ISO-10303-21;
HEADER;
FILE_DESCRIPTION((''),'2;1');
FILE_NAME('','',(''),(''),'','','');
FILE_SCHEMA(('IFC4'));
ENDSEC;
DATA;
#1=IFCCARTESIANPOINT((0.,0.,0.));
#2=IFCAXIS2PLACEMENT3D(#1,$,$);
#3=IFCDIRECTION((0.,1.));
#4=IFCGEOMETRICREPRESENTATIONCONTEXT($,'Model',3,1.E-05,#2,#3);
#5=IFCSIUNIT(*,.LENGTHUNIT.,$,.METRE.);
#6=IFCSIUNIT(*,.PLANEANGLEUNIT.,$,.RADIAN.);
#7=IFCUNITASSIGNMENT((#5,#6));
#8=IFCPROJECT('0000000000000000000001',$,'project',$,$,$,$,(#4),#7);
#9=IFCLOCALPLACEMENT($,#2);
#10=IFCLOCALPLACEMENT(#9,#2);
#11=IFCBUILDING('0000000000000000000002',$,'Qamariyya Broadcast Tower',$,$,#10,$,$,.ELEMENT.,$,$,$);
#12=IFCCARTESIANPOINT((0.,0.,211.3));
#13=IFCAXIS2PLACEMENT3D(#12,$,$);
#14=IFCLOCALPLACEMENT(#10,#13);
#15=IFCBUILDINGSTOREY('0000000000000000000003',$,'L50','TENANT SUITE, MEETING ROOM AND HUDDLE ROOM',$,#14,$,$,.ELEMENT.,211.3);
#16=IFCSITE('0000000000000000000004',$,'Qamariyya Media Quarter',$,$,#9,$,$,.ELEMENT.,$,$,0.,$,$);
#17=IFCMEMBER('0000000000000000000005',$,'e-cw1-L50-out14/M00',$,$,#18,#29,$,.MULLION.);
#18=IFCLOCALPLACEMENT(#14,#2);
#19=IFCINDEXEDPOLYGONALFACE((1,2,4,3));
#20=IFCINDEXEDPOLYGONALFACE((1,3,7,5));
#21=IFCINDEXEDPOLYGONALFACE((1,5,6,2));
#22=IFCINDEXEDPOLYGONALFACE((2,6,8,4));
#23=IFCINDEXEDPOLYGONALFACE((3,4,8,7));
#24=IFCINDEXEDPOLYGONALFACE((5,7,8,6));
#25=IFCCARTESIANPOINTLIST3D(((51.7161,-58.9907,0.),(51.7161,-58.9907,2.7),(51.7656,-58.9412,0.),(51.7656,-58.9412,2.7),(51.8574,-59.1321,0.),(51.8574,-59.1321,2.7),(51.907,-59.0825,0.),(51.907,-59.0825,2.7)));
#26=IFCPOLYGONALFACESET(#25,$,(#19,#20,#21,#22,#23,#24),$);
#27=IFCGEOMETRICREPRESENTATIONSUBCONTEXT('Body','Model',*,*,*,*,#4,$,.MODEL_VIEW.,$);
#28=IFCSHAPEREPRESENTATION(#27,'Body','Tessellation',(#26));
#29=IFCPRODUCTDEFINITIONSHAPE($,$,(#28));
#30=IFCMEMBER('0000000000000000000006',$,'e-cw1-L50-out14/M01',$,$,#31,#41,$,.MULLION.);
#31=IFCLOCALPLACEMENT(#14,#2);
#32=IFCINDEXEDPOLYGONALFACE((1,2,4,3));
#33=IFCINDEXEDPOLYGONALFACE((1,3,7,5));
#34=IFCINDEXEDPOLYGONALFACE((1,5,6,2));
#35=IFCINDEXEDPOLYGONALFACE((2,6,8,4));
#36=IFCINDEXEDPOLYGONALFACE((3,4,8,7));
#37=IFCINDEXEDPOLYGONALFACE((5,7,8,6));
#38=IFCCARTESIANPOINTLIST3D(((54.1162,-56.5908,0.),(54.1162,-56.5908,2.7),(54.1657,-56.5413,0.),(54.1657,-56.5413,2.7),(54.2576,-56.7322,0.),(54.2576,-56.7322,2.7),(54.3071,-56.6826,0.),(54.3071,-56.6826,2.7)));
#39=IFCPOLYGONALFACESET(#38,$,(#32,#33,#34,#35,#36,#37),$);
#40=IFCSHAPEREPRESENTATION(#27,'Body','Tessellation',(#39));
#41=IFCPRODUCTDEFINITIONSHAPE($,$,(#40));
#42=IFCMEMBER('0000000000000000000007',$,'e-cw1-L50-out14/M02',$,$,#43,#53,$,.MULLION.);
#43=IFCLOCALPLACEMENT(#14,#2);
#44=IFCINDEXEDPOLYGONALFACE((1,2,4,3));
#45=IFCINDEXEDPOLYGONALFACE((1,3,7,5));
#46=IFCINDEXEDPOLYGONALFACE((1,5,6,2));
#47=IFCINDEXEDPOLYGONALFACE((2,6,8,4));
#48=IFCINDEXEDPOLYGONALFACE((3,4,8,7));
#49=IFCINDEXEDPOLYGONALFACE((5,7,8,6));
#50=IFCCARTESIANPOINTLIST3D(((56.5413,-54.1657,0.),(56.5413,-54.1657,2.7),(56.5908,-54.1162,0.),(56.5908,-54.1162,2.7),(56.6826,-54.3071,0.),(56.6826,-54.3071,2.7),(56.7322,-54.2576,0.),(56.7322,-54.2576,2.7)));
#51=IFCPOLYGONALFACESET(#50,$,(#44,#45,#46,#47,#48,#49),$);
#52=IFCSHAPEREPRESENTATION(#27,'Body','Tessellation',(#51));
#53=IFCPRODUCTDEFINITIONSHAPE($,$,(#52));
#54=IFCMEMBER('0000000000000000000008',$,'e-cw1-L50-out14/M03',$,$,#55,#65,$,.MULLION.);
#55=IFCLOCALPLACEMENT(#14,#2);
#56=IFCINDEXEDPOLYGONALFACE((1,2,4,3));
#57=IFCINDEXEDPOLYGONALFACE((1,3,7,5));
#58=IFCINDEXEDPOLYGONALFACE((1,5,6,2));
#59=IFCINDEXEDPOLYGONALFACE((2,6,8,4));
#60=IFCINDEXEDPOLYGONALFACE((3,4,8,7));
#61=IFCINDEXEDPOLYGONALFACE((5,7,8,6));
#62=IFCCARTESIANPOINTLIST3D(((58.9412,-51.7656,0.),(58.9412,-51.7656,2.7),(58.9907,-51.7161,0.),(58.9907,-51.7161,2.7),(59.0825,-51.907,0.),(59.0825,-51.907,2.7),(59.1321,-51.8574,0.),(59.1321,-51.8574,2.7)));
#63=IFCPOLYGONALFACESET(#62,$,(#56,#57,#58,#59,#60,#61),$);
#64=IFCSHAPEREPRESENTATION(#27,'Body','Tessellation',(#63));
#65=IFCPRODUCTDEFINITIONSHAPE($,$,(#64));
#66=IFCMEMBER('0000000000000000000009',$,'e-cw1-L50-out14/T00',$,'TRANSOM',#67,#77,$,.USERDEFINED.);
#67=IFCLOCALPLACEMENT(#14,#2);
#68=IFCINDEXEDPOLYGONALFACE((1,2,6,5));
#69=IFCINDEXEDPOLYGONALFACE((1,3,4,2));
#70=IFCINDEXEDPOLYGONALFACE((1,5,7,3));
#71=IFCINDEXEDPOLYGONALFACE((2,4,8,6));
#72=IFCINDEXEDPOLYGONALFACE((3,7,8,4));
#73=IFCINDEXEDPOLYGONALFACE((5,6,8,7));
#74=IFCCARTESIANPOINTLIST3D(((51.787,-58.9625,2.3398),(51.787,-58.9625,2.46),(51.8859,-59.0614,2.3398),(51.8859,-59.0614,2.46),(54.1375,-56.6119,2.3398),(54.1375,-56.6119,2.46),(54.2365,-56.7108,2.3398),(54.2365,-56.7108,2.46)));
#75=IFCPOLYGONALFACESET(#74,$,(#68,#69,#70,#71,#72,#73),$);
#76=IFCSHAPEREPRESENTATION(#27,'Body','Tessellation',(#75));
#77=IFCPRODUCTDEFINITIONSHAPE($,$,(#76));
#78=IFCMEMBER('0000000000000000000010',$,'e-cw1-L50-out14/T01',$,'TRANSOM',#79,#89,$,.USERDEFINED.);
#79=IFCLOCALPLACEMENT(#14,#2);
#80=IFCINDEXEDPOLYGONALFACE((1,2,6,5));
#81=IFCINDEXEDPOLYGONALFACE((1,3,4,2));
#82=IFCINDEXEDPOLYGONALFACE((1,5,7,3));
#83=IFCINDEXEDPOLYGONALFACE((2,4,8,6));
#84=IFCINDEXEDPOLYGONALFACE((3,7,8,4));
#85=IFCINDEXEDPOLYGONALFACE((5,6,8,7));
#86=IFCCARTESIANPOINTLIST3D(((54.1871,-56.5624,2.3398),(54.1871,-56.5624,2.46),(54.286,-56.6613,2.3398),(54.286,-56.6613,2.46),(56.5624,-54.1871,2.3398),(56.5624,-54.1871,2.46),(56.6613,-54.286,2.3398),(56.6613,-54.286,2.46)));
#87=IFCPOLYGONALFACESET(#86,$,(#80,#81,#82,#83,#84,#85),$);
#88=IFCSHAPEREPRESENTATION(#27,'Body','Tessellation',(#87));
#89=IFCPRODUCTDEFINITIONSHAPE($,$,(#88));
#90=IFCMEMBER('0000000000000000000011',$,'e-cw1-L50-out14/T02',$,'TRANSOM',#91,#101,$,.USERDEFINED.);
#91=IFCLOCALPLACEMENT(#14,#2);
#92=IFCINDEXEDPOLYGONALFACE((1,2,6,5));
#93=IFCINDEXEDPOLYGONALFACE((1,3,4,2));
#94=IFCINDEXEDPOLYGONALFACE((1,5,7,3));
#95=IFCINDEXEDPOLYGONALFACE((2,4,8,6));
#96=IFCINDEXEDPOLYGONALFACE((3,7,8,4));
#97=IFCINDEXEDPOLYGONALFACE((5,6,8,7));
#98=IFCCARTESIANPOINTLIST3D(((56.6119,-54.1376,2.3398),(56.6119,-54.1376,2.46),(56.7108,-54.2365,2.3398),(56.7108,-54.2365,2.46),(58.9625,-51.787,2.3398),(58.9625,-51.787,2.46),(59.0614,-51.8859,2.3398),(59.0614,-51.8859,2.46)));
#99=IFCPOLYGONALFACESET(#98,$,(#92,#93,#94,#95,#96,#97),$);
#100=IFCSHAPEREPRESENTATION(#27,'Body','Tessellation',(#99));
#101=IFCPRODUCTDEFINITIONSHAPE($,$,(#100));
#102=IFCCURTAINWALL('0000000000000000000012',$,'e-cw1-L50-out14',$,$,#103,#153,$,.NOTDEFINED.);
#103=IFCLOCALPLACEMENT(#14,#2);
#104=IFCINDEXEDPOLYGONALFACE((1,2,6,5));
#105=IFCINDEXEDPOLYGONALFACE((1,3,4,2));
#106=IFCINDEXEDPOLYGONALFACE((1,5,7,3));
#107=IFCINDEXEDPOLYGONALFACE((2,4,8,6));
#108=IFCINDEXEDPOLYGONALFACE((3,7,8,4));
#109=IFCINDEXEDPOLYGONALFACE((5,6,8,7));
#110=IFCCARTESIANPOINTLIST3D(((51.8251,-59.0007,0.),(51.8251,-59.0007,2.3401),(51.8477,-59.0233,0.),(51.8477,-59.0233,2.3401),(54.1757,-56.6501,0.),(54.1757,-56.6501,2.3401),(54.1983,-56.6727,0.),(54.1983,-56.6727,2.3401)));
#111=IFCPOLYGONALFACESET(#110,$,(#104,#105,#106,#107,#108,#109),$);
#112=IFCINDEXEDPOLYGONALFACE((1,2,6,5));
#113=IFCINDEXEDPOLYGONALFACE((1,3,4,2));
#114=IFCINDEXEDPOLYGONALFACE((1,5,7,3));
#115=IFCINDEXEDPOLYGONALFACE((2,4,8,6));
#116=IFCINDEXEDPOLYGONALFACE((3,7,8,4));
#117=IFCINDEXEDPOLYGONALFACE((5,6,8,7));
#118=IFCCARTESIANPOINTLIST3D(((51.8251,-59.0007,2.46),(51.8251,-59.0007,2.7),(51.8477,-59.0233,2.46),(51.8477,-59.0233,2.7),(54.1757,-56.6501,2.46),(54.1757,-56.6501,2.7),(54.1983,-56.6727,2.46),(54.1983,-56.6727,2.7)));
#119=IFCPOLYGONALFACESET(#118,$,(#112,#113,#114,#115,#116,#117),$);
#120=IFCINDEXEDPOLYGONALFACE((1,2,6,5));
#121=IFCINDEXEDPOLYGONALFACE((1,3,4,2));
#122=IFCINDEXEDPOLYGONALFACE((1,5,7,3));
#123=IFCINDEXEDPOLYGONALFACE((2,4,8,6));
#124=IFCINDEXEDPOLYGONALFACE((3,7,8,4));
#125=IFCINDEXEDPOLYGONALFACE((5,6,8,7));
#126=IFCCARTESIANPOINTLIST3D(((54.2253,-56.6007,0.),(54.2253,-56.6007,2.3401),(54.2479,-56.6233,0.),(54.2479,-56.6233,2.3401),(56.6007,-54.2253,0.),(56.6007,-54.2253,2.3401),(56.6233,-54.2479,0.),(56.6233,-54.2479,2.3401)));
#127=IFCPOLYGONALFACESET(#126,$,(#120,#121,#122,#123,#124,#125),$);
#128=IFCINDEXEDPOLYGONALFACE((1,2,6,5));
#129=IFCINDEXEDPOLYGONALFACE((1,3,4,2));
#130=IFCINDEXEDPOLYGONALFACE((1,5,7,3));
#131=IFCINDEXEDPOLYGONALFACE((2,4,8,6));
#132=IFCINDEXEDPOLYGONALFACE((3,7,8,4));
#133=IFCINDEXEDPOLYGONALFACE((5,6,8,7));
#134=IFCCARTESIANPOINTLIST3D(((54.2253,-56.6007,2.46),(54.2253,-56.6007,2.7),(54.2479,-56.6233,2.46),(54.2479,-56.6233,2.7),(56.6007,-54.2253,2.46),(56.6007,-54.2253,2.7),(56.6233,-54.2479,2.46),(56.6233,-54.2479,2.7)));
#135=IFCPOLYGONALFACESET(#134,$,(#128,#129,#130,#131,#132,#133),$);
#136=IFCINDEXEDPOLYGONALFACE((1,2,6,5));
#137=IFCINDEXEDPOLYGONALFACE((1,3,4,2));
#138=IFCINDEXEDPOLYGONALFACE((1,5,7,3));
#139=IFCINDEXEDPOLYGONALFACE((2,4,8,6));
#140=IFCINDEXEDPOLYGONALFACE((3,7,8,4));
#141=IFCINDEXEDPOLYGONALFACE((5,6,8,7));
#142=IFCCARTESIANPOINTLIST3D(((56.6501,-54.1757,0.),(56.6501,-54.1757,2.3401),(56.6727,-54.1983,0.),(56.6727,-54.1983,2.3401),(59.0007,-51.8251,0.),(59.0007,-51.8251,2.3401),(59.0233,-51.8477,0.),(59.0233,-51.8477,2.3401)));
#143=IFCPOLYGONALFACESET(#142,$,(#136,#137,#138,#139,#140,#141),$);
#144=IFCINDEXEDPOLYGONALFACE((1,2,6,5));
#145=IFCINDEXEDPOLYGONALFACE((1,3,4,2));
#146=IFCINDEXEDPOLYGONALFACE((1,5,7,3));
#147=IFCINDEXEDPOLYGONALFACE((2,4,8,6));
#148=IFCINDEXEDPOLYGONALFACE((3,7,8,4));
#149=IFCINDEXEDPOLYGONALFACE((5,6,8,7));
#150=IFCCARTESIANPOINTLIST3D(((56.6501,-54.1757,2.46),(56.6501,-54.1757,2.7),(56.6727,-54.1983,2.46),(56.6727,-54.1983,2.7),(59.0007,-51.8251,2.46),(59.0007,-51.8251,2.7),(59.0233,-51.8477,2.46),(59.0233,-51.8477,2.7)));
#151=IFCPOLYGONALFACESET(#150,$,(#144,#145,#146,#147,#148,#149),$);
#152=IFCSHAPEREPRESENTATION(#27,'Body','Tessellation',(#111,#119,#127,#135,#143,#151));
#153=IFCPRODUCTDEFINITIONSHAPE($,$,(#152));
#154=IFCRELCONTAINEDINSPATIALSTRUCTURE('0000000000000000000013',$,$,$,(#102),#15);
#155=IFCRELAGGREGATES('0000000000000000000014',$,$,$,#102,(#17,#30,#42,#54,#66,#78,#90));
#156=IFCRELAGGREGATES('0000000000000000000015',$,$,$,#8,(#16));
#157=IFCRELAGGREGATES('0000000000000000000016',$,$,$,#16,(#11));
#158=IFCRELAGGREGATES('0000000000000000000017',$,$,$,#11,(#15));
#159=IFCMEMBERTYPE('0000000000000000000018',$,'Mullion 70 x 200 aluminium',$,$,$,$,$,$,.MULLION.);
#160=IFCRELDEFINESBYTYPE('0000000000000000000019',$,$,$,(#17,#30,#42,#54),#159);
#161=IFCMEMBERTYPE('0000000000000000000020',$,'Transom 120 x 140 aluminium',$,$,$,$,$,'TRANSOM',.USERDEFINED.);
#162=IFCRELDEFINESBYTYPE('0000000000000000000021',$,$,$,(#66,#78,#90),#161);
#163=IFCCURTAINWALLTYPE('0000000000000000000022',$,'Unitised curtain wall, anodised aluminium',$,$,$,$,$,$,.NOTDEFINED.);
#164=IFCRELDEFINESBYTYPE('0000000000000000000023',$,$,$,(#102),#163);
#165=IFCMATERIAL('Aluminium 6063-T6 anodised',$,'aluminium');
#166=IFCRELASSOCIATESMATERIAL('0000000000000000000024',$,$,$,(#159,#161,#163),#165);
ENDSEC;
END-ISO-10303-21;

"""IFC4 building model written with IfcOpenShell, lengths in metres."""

from ifc_helpers import new_model, si_unit, direction, frame, origin, origin_2d, place, context, subcontext, project, spatial, rectangle, extrude, material, material_profile, profile_set, type_object, element, aggregate, save


model = new_model("IFC4")

# Units and contexts
model_context = context("Model", 3, precision=1e-05, world=origin(), true_north=direction((0.0, 1.0)))
body_context = subcontext(model_context, "Body", "Model", "MODEL_VIEW")
ifc_project = project(units=[si_unit("LENGTHUNIT", "METRE"), si_unit("PLANEANGLEUNIT", "RADIAN")], contexts=[model_context])

# Members
ifc_material_1 = material(Name="Aluminium 6063-T6 anodised", Category="aluminium")
ifc_material_profile_1 = material_profile(ifc_material_1, rectangle(XDim=0.2, YDim=0.0701, at=origin_2d()))
ifc_profile_set_1 = profile_set([ifc_material_profile_1], Name="Aluminium 6063-T6 anodised")
member_type_1 = type_object("IfcMemberType", Name="Mullion 70 x 200 aluminium", PredefinedType="MULLION", material=ifc_profile_set_1)
site_placement = place(None, origin())
building_placement = place(site_placement, origin())
storey_placement = place(building_placement, frame((0.0, 0.0, 211.3)))
member_1_placement = place(storey_placement, frame((51.8115, -59.0366, 0.0), z_axis=(0.0, 0.0, 1.0), x_axis=(-0.707107, 0.707107, 0.0)))
member_1 = element("IfcMember", 1, at=member_1_placement, type_object=member_type_1, Name="e-cw1-L50-out14/M00", PredefinedType="MULLION", context=body_context, shape_type="SweptSolid", body=[
    extrude(rectangle(XDim=0.2, YDim=0.0701, at=origin_2d()), origin(), (0.0, 0.0, 1.0), 2.7),
])
member_2_placement = place(storey_placement, frame((54.2117, -56.6367, 0.0), z_axis=(0.0, 0.0, 1.0), x_axis=(-0.707107, 0.707107, 0.0)))
member_2 = element("IfcMember", 2, at=member_2_placement, type_object=member_type_1, Name="e-cw1-L50-out14/M01", PredefinedType="MULLION", context=body_context, shape_type="SweptSolid", body=[
    extrude(rectangle(XDim=0.2, YDim=0.0701, at=origin_2d()), origin(), (0.0, 0.0, 1.0), 2.7),
])
member_3_placement = place(storey_placement, frame((56.6367, -54.2117, 0.0), z_axis=(0.0, 0.0, 1.0), x_axis=(-0.707107, 0.707107, 0.0)))
member_3 = element("IfcMember", 3, at=member_3_placement, type_object=member_type_1, Name="e-cw1-L50-out14/M02", PredefinedType="MULLION", context=body_context, shape_type="SweptSolid", body=[
    extrude(rectangle(XDim=0.2, YDim=0.0701, at=origin_2d()), origin(), (0.0, 0.0, 1.0), 2.7),
])
member_4_placement = place(storey_placement, frame((59.0366, -51.8115, 0.0), z_axis=(0.0, 0.0, 1.0), x_axis=(-0.707107, 0.707107, 0.0)))
member_4 = element("IfcMember", 4, at=member_4_placement, type_object=member_type_1, Name="e-cw1-L50-out14/M03", PredefinedType="MULLION", context=body_context, shape_type="SweptSolid", body=[
    extrude(rectangle(XDim=0.2, YDim=0.0701, at=origin_2d()), origin(), (0.0, 0.0, 1.0), 2.7),
])
ifc_material_profile_2 = material_profile(ifc_material_1, rectangle(XDim=0.1399, YDim=0.1201, at=origin_2d()))
ifc_profile_set_2 = profile_set([ifc_material_profile_2], Name="Aluminium 6063-T6 anodised")
member_type_2 = type_object("IfcMemberType", Name="Transom 120 x 140 aluminium", ElementType="TRANSOM", PredefinedType="USERDEFINED", material=ifc_profile_set_2)
member_5_placement = place(storey_placement, frame((51.8364, -59.012, 2.3999), z_axis=(0.707107, 0.707107, 0.0), x_axis=(-0.707107, 0.707107, 0.0)))
member_5 = element("IfcMember", 5, at=member_5_placement, type_object=member_type_2, Name="e-cw1-L50-out14/T00", ObjectType="TRANSOM", PredefinedType="USERDEFINED", context=body_context, shape_type="SweptSolid", body=[
    extrude(rectangle(XDim=0.1399, YDim=0.1201, at=origin_2d()), origin(), (0.0, 0.0, 1.0), 3.3242),
])
member_6_placement = place(storey_placement, frame((54.2366, -56.6118, 2.3999), z_axis=(0.707107, 0.707107, 0.0), x_axis=(-0.707107, 0.707107, 0.0)))
member_6 = element("IfcMember", 6, at=member_6_placement, type_object=member_type_2, Name="e-cw1-L50-out14/T01", ObjectType="TRANSOM", PredefinedType="USERDEFINED", context=body_context, shape_type="SweptSolid", body=[
    extrude(rectangle(XDim=0.1399, YDim=0.1201, at=origin_2d()), origin(), (0.0, 0.0, 1.0), 3.3591),
])
member_7_placement = place(storey_placement, frame((56.6614, -54.187, 2.3999), z_axis=(0.707107, 0.707107, 0.0), x_axis=(-0.707107, 0.707107, 0.0)))
member_7 = element("IfcMember", 7, at=member_7_placement, type_object=member_type_2, Name="e-cw1-L50-out14/T02", ObjectType="TRANSOM", PredefinedType="USERDEFINED", context=body_context, shape_type="SweptSolid", body=[
    extrude(rectangle(XDim=0.1399, YDim=0.1201, at=origin_2d()), origin(), (0.0, 0.0, 1.0), 3.3242),
])

# Site, building, storey
site = spatial("IfcSite", under=ifc_project, at=site_placement, Name="Qamariyya Media Quarter", CompositionType="ELEMENT", RefElevation=0.0)
building = spatial("IfcBuilding", under=site, at=building_placement, Name="Qamariyya Broadcast Tower", CompositionType="ELEMENT")
storey = spatial("IfcBuildingStorey", under=building, at=storey_placement, Name="L50", Description="TENANT SUITE, MEETING ROOM AND HUDDLE ROOM", CompositionType="ELEMENT", Elevation=211.3)

# Curtain wall
curtain_wall_type = type_object("IfcCurtainWallType", Name="Unitised curtain wall, anodised aluminium", PredefinedType="NOTDEFINED", material=ifc_material_1)
curtain_wall_1_placement = place(storey_placement, origin())
curtain_wall_1 = element("IfcCurtainWall", 8, at=curtain_wall_1_placement, inside=storey, type_object=curtain_wall_type, Name="e-cw1-L50-out14", PredefinedType="NOTDEFINED", context=body_context, shape_type="SweptSolid", body=[
    extrude(rectangle(XDim=3.3242, YDim=0.032, at=origin_2d()), frame((53.0117, -57.8367, 0.0), x_axis=(0.707107, 0.707107, 0.0)), (0.0, 0.0, 1.0), 2.3401),
    extrude(rectangle(XDim=3.3242, YDim=0.032, at=origin_2d()), frame((53.0117, -57.8367, 2.46), x_axis=(0.707107, 0.707107, 0.0)), (0.0, 0.0, 1.0), 0.24),
    extrude(rectangle(XDim=3.3594, YDim=0.032, at=origin_2d()), frame((55.4243, -55.4243, 0.0), x_axis=(0.707107, 0.707107, 0.0)), (0.0, 0.0, 1.0), 2.3401),
    extrude(rectangle(XDim=3.3594, YDim=0.032, at=origin_2d()), frame((55.4243, -55.4243, 2.46), x_axis=(0.707107, 0.707107, 0.0)), (0.0, 0.0, 1.0), 0.24),
    extrude(rectangle(XDim=3.3242, YDim=0.032, at=origin_2d()), frame((57.8367, -53.0117, 0.0), x_axis=(0.707107, 0.707107, 0.0)), (0.0, 0.0, 1.0), 2.3401),
    extrude(rectangle(XDim=3.3242, YDim=0.032, at=origin_2d()), frame((57.8367, -53.0117, 2.46), x_axis=(0.707107, 0.707107, 0.0)), (0.0, 0.0, 1.0), 0.24),
])
aggregate(curtain_wall_1, [member_1, member_2, member_3, member_4, member_5, member_6, member_7])

save(model, "model.ifc")
